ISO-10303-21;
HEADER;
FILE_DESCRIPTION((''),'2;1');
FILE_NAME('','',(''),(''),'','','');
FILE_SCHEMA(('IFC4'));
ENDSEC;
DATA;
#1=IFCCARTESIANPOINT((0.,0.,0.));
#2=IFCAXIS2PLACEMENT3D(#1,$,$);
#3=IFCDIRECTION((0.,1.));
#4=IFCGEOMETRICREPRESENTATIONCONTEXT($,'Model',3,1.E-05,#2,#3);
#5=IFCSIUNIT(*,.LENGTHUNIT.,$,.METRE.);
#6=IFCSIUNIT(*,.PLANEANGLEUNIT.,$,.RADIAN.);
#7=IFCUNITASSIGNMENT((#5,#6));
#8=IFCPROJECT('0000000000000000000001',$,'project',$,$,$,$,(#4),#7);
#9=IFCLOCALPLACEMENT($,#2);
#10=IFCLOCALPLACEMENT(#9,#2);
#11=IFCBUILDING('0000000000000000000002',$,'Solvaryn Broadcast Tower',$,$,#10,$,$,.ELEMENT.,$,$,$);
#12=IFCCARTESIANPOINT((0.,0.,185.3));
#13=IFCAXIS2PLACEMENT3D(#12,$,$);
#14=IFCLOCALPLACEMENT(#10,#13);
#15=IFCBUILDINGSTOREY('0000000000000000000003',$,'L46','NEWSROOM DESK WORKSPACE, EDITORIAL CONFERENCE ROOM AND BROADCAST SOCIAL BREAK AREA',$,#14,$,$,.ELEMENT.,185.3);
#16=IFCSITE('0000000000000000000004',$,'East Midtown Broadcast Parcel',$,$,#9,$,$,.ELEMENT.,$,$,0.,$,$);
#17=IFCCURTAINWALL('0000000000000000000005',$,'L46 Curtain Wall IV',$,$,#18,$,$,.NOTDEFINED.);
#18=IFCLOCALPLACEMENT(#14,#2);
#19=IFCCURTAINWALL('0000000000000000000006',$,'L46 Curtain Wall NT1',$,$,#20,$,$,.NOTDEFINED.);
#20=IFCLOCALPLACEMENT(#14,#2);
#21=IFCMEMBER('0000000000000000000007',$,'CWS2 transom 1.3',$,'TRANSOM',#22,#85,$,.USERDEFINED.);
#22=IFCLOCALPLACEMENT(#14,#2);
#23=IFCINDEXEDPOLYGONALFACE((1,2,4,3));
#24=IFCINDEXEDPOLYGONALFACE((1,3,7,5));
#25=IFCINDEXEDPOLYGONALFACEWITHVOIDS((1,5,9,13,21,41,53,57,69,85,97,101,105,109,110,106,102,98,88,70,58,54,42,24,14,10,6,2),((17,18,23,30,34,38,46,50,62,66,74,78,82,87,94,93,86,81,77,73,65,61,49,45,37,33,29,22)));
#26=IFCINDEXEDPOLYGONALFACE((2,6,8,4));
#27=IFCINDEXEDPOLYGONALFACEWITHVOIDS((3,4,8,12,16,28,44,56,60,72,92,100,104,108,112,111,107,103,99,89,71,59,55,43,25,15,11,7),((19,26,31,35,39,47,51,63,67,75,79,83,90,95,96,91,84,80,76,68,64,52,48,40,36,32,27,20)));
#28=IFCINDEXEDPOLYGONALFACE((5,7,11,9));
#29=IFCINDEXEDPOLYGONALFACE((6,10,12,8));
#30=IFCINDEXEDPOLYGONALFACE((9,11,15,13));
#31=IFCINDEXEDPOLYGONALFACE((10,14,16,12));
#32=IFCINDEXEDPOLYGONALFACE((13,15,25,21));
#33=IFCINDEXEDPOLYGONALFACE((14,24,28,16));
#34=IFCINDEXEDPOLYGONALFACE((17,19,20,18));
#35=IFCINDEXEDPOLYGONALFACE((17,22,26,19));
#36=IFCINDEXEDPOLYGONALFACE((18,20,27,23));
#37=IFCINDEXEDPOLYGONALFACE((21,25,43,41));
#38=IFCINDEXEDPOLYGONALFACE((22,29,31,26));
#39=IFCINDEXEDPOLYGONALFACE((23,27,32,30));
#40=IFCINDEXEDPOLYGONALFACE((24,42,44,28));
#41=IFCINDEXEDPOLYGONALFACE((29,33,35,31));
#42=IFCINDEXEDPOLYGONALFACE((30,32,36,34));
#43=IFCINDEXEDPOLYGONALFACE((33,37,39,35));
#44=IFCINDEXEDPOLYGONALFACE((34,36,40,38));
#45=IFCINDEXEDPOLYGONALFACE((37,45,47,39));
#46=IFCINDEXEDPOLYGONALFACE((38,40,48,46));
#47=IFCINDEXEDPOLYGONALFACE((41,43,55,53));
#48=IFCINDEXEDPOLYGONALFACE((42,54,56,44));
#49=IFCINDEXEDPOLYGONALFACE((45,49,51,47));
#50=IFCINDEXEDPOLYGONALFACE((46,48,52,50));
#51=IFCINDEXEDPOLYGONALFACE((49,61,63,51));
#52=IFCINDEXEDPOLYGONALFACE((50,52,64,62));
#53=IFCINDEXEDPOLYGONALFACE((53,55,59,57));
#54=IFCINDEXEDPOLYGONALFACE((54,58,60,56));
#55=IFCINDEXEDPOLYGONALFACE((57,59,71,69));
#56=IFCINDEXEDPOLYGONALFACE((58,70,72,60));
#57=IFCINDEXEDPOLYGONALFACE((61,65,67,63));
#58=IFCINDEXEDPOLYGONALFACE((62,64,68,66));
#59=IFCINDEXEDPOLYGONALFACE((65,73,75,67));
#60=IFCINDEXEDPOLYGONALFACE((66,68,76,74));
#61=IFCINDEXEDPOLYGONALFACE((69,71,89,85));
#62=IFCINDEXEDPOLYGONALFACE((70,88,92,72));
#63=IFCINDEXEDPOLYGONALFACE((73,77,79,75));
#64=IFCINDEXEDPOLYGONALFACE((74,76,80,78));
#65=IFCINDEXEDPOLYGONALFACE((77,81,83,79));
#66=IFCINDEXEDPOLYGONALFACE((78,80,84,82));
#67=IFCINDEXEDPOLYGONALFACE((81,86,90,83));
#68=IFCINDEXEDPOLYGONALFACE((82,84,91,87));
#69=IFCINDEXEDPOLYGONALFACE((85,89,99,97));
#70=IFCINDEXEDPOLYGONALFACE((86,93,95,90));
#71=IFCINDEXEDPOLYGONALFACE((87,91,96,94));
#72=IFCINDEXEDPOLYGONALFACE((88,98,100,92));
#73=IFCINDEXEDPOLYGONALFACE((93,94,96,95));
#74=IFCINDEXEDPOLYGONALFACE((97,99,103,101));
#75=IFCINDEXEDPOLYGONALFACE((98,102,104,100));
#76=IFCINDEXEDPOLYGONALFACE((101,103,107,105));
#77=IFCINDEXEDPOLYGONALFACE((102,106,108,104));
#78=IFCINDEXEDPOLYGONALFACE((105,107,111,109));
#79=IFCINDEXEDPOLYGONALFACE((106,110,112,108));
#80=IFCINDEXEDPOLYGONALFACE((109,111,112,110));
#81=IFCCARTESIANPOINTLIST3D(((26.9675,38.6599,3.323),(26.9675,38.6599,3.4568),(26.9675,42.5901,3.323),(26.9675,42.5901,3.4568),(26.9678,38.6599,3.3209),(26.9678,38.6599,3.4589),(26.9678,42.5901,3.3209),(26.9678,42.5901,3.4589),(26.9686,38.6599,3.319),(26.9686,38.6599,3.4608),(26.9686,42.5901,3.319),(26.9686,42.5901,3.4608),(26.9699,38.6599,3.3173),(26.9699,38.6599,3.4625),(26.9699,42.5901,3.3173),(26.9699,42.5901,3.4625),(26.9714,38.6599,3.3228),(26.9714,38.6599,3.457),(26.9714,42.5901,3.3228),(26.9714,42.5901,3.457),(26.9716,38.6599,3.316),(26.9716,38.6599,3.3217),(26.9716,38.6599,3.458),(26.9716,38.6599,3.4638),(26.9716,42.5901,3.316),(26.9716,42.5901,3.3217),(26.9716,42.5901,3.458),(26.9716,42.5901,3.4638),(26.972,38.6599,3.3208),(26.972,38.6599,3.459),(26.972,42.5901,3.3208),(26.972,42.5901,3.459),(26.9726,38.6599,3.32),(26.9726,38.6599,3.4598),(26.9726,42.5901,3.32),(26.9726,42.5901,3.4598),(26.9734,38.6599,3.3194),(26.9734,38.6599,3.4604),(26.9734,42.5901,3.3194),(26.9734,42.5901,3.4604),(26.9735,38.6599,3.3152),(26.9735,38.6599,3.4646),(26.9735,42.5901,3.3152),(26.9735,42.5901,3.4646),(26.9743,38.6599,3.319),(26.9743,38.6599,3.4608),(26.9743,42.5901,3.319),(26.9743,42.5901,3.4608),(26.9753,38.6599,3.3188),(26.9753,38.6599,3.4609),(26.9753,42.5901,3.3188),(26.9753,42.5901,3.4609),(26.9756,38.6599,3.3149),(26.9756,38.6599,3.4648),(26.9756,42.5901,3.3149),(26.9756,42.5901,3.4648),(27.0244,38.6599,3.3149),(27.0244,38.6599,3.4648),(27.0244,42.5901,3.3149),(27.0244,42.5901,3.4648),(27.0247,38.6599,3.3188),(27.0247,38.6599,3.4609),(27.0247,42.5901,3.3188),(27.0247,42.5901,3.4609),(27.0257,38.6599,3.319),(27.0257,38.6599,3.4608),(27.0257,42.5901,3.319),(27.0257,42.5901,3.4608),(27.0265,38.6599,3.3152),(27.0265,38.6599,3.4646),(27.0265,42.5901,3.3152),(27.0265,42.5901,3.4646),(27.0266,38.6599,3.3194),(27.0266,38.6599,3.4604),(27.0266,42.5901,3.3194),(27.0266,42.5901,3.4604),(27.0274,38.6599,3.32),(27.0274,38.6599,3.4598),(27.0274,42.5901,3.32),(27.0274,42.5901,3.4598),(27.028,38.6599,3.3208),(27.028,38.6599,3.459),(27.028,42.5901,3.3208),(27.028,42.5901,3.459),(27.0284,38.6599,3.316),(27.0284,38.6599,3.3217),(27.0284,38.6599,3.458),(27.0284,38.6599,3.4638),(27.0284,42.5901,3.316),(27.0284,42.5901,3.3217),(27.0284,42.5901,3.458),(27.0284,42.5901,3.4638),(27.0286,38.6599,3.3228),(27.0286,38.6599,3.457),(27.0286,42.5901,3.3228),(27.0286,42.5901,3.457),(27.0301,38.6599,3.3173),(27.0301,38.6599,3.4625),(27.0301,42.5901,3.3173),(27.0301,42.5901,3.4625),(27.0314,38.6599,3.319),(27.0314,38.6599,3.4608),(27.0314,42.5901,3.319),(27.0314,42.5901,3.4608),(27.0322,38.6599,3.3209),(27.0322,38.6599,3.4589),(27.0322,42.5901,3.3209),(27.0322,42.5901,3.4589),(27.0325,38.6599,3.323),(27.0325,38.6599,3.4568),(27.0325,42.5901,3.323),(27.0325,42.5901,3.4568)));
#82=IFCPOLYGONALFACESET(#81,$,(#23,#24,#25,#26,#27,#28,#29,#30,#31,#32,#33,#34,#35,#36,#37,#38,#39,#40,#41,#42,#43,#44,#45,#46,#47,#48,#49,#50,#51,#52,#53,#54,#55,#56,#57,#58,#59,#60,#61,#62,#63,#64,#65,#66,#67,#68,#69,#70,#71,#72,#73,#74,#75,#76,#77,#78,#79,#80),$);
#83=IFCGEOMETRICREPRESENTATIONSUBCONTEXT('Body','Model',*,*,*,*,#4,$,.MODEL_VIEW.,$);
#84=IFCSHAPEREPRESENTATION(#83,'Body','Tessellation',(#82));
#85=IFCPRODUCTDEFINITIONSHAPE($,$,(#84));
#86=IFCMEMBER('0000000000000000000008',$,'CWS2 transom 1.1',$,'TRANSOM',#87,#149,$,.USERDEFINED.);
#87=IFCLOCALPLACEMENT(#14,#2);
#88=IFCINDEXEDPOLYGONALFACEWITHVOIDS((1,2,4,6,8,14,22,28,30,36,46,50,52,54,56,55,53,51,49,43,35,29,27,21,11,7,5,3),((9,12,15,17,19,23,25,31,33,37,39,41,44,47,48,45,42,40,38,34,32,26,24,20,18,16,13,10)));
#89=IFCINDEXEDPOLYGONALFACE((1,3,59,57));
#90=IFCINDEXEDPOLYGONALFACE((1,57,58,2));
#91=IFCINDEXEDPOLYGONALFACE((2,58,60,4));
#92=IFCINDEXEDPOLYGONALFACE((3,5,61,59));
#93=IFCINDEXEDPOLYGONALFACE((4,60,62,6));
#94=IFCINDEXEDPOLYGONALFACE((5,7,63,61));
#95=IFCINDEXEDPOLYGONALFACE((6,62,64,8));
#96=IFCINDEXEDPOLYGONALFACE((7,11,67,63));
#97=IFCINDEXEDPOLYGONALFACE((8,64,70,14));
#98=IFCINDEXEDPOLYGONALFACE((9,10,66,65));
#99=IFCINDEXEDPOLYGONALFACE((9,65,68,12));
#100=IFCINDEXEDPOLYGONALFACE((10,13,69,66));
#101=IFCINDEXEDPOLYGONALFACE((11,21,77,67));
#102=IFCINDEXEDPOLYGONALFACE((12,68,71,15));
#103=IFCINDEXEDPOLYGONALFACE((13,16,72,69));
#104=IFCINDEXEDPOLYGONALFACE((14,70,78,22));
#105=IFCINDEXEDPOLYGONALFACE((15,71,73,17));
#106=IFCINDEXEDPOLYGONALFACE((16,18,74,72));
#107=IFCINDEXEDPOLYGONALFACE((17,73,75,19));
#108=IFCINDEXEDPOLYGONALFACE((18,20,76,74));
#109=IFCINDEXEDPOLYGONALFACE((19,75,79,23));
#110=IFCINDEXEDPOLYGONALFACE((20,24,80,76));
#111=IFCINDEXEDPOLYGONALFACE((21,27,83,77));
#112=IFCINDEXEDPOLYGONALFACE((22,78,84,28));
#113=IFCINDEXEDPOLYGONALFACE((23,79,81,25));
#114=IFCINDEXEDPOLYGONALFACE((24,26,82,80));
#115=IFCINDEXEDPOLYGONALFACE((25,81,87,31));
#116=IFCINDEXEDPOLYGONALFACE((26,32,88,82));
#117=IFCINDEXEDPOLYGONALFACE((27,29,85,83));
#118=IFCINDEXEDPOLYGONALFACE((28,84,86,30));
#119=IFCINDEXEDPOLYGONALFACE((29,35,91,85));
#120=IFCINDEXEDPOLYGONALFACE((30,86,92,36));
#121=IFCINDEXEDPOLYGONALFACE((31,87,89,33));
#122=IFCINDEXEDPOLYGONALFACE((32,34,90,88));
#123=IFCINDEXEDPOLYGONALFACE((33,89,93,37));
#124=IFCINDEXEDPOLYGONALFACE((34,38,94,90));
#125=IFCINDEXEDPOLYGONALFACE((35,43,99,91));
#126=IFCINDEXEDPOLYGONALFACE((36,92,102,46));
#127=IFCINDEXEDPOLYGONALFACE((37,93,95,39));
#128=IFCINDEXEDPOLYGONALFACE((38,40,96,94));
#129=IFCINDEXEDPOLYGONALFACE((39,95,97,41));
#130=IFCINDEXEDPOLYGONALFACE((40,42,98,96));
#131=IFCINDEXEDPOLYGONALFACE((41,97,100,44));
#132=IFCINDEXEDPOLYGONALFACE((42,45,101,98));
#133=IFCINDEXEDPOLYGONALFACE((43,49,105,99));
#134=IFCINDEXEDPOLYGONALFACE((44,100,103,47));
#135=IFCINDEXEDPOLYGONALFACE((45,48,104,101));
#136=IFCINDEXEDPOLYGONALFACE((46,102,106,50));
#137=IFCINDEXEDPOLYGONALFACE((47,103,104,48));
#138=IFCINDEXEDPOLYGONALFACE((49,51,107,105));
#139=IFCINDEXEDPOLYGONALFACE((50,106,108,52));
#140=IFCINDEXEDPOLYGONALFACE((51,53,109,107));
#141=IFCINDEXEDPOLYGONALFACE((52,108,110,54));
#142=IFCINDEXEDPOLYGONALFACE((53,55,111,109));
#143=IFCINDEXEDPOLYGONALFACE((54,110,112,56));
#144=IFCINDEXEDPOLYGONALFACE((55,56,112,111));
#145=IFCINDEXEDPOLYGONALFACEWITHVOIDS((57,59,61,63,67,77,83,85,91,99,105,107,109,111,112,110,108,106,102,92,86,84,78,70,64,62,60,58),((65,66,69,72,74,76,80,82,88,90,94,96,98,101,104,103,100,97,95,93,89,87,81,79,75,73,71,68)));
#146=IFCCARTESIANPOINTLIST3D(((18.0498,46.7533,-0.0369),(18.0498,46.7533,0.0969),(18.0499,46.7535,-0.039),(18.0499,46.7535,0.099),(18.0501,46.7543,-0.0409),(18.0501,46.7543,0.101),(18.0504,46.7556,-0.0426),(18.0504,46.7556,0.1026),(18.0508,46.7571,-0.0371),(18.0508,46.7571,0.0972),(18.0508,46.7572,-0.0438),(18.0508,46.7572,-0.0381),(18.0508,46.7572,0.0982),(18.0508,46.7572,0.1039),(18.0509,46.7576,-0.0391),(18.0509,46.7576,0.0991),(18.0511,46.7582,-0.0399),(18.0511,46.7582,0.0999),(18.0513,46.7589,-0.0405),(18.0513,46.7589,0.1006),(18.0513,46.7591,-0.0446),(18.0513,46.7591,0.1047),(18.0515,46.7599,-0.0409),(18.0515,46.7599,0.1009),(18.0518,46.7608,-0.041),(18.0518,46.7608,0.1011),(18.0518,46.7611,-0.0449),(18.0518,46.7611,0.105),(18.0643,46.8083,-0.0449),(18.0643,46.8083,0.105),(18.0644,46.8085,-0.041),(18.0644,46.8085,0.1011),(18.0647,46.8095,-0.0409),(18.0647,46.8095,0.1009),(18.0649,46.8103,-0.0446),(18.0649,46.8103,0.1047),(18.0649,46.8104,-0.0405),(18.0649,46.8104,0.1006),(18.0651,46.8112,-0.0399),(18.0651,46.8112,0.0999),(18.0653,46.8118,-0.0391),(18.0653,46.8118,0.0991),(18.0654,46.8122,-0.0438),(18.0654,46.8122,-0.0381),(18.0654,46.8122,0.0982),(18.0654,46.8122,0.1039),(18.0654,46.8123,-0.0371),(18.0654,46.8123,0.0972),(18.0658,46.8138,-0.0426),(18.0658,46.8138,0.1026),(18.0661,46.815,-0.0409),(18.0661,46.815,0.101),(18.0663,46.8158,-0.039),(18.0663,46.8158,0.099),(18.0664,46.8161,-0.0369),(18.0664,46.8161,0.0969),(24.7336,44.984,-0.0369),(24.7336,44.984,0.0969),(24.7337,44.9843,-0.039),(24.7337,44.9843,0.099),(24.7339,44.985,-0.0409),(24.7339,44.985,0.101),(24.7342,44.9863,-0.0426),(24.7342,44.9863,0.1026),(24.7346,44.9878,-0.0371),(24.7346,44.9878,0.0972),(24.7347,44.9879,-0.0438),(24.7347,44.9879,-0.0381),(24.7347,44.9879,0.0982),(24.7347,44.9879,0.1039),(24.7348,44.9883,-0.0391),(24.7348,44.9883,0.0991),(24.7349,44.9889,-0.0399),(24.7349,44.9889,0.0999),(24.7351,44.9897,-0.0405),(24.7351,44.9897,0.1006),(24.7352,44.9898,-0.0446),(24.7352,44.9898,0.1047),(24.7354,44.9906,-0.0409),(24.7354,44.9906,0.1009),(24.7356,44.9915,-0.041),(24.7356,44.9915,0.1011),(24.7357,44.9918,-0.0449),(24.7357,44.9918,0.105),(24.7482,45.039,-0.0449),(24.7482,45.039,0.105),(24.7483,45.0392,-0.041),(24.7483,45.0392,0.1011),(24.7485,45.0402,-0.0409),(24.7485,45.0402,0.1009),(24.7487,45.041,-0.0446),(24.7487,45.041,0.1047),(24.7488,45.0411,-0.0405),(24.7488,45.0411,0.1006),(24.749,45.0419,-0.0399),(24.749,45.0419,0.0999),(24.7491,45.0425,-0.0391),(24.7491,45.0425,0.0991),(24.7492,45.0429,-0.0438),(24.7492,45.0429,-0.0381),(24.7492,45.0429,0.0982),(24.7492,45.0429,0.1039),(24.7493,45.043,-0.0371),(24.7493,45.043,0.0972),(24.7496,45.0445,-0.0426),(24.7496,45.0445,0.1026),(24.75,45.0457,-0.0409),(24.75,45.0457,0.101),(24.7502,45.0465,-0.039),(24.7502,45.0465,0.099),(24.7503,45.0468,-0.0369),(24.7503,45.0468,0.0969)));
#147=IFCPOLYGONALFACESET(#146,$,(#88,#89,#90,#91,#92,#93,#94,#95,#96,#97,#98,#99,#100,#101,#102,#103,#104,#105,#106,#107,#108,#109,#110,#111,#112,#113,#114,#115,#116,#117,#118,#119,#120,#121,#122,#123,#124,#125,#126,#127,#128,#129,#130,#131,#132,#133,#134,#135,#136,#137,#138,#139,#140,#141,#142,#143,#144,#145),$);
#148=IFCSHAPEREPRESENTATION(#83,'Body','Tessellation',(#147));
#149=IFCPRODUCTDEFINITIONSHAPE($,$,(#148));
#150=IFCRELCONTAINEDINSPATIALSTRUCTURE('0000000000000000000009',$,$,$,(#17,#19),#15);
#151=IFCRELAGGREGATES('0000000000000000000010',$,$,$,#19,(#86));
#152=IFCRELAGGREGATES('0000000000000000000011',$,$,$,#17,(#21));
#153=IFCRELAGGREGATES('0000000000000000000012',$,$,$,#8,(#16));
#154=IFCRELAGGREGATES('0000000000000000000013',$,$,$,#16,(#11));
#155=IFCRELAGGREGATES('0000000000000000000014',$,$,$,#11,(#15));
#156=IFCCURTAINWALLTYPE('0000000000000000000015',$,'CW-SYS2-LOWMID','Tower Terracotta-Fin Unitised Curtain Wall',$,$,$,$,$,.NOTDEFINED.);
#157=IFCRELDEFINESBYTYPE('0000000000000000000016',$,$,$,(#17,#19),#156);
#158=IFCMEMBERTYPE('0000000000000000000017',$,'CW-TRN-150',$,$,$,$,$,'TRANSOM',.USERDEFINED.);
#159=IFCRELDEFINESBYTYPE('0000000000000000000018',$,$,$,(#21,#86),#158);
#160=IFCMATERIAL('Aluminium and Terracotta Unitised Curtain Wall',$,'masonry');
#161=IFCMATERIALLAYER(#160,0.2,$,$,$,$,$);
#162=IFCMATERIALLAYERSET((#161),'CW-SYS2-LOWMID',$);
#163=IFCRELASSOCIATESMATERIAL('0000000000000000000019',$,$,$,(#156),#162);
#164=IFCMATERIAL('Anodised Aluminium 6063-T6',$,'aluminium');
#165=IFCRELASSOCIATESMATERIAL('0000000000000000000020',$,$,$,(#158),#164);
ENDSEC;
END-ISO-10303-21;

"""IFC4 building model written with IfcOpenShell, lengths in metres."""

from ifc_helpers import new_model, si_unit, direction, frame, origin, origin_2d, place, context, subcontext, project, spatial, hollow_rectangle, extrude, material, layer, layer_set, material_profile, profile_set, type_object, element, aggregate, save


model = new_model("IFC4")

# Units and contexts
model_context = context("Model", 3, precision=1e-05, world=origin(), true_north=direction((0.0, 1.0)))
body_context = subcontext(model_context, "Body", "Model", "MODEL_VIEW")
ifc_project = project(units=[si_unit("LENGTHUNIT", "METRE"), si_unit("PLANEANGLEUNIT", "RADIAN")], contexts=[model_context])

# Site, building, storey
site_placement = place(None, origin())
site = spatial("IfcSite", under=ifc_project, at=site_placement, Name="East Midtown Broadcast Parcel", CompositionType="ELEMENT", RefElevation=0.0)
building_placement = place(site_placement, origin())
building = spatial("IfcBuilding", under=site, at=building_placement, Name="Solvaryn Broadcast Tower", CompositionType="ELEMENT")
storey_placement = place(building_placement, frame((0.0, 0.0, 185.3)))
storey = spatial("IfcBuildingStorey", under=building, at=storey_placement, Name="L46", Description="NEWSROOM DESK WORKSPACE, EDITORIAL CONFERENCE ROOM AND BROADCAST SOCIAL BREAK AREA", CompositionType="ELEMENT", Elevation=185.3)

# Curtain wall
ifc_material_1 = material(Name="Aluminium and Terracotta Unitised Curtain Wall", Category="masonry")
ifc_layer_1 = layer(ifc_material_1, 0.2)
ifc_layer_set_1 = layer_set([ifc_layer_1], Name="CW-SYS2-LOWMID")
curtain_wall_type = type_object("IfcCurtainWallType", Name="CW-SYS2-LOWMID", Description="Tower Terracotta-Fin Unitised Curtain Wall", PredefinedType="NOTDEFINED", material=ifc_layer_set_1)
curtain_wall_1_placement = place(storey_placement, origin())
curtain_wall_1 = element("IfcCurtainWall", 1, at=curtain_wall_1_placement, inside=storey, type_object=curtain_wall_type, Name="L46 Curtain Wall IV", PredefinedType="NOTDEFINED")

# Curtain wall
curtain_wall_2_placement = place(storey_placement, origin())
curtain_wall_2 = element("IfcCurtainWall", 2, at=curtain_wall_2_placement, inside=storey, type_object=curtain_wall_type, Name="L46 Curtain Wall NT1", PredefinedType="NOTDEFINED")

# Members
ifc_material_2 = material(Name="Anodised Aluminium 6063-T6", Category="aluminium")
ifc_material_profile_1 = material_profile(ifc_material_2, hollow_rectangle(XDim=0.0649, YDim=0.1499, WallThickness=0.0039, InnerFilletRadius=0.0039, OuterFilletRadius=0.0081, at=origin_2d()))
ifc_profile_set_1 = profile_set([ifc_material_profile_1], Name="Anodised Aluminium 6063-T6")
member_type_1 = type_object("IfcMemberType", Name="CW-TRN-150", ElementType="TRANSOM", PredefinedType="USERDEFINED", material=ifc_profile_set_1)
member_1_placement = place(storey_placement, frame((27.0, 42.5901, 3.3899), z_axis=(0.0, -1.0, 0.0), x_axis=(1.0, 0.0, 0.0)))
member_1 = element("IfcMember", 3, at=member_1_placement, type_object=member_type_1, Name="CWS2 transom 1.3", ObjectType="TRANSOM", PredefinedType="USERDEFINED", context=body_context, shape_type="SweptSolid", body=[
    extrude(hollow_rectangle(XDim=0.0649, YDim=0.1499, WallThickness=0.0039, InnerFilletRadius=0.0039, OuterFilletRadius=0.0081, at=origin_2d()), origin(), (0.0, 0.0, 1.0), 3.9302),
])
member_2_placement = place(storey_placement, frame((24.7419, 45.0154, 0.03), z_axis=(-0.966704, 0.255897, 0.0), x_axis=(-0.255897, -0.966704, 0.0)))
member_2 = element("IfcMember", 4, at=member_2_placement, type_object=member_type_1, Name="CWS2 transom 1.1", ObjectType="TRANSOM", PredefinedType="USERDEFINED", context=body_context, shape_type="SweptSolid", body=[
    extrude(hollow_rectangle(XDim=0.0649, YDim=0.1499, WallThickness=0.0039, InnerFilletRadius=0.0039, OuterFilletRadius=0.0081, at=origin_2d()), origin(), (0.0, 0.0, 1.0), 6.9141),
])
aggregate(curtain_wall_2, [member_2])

aggregate(curtain_wall_1, [member_1])

save(model, "model.ifc")
